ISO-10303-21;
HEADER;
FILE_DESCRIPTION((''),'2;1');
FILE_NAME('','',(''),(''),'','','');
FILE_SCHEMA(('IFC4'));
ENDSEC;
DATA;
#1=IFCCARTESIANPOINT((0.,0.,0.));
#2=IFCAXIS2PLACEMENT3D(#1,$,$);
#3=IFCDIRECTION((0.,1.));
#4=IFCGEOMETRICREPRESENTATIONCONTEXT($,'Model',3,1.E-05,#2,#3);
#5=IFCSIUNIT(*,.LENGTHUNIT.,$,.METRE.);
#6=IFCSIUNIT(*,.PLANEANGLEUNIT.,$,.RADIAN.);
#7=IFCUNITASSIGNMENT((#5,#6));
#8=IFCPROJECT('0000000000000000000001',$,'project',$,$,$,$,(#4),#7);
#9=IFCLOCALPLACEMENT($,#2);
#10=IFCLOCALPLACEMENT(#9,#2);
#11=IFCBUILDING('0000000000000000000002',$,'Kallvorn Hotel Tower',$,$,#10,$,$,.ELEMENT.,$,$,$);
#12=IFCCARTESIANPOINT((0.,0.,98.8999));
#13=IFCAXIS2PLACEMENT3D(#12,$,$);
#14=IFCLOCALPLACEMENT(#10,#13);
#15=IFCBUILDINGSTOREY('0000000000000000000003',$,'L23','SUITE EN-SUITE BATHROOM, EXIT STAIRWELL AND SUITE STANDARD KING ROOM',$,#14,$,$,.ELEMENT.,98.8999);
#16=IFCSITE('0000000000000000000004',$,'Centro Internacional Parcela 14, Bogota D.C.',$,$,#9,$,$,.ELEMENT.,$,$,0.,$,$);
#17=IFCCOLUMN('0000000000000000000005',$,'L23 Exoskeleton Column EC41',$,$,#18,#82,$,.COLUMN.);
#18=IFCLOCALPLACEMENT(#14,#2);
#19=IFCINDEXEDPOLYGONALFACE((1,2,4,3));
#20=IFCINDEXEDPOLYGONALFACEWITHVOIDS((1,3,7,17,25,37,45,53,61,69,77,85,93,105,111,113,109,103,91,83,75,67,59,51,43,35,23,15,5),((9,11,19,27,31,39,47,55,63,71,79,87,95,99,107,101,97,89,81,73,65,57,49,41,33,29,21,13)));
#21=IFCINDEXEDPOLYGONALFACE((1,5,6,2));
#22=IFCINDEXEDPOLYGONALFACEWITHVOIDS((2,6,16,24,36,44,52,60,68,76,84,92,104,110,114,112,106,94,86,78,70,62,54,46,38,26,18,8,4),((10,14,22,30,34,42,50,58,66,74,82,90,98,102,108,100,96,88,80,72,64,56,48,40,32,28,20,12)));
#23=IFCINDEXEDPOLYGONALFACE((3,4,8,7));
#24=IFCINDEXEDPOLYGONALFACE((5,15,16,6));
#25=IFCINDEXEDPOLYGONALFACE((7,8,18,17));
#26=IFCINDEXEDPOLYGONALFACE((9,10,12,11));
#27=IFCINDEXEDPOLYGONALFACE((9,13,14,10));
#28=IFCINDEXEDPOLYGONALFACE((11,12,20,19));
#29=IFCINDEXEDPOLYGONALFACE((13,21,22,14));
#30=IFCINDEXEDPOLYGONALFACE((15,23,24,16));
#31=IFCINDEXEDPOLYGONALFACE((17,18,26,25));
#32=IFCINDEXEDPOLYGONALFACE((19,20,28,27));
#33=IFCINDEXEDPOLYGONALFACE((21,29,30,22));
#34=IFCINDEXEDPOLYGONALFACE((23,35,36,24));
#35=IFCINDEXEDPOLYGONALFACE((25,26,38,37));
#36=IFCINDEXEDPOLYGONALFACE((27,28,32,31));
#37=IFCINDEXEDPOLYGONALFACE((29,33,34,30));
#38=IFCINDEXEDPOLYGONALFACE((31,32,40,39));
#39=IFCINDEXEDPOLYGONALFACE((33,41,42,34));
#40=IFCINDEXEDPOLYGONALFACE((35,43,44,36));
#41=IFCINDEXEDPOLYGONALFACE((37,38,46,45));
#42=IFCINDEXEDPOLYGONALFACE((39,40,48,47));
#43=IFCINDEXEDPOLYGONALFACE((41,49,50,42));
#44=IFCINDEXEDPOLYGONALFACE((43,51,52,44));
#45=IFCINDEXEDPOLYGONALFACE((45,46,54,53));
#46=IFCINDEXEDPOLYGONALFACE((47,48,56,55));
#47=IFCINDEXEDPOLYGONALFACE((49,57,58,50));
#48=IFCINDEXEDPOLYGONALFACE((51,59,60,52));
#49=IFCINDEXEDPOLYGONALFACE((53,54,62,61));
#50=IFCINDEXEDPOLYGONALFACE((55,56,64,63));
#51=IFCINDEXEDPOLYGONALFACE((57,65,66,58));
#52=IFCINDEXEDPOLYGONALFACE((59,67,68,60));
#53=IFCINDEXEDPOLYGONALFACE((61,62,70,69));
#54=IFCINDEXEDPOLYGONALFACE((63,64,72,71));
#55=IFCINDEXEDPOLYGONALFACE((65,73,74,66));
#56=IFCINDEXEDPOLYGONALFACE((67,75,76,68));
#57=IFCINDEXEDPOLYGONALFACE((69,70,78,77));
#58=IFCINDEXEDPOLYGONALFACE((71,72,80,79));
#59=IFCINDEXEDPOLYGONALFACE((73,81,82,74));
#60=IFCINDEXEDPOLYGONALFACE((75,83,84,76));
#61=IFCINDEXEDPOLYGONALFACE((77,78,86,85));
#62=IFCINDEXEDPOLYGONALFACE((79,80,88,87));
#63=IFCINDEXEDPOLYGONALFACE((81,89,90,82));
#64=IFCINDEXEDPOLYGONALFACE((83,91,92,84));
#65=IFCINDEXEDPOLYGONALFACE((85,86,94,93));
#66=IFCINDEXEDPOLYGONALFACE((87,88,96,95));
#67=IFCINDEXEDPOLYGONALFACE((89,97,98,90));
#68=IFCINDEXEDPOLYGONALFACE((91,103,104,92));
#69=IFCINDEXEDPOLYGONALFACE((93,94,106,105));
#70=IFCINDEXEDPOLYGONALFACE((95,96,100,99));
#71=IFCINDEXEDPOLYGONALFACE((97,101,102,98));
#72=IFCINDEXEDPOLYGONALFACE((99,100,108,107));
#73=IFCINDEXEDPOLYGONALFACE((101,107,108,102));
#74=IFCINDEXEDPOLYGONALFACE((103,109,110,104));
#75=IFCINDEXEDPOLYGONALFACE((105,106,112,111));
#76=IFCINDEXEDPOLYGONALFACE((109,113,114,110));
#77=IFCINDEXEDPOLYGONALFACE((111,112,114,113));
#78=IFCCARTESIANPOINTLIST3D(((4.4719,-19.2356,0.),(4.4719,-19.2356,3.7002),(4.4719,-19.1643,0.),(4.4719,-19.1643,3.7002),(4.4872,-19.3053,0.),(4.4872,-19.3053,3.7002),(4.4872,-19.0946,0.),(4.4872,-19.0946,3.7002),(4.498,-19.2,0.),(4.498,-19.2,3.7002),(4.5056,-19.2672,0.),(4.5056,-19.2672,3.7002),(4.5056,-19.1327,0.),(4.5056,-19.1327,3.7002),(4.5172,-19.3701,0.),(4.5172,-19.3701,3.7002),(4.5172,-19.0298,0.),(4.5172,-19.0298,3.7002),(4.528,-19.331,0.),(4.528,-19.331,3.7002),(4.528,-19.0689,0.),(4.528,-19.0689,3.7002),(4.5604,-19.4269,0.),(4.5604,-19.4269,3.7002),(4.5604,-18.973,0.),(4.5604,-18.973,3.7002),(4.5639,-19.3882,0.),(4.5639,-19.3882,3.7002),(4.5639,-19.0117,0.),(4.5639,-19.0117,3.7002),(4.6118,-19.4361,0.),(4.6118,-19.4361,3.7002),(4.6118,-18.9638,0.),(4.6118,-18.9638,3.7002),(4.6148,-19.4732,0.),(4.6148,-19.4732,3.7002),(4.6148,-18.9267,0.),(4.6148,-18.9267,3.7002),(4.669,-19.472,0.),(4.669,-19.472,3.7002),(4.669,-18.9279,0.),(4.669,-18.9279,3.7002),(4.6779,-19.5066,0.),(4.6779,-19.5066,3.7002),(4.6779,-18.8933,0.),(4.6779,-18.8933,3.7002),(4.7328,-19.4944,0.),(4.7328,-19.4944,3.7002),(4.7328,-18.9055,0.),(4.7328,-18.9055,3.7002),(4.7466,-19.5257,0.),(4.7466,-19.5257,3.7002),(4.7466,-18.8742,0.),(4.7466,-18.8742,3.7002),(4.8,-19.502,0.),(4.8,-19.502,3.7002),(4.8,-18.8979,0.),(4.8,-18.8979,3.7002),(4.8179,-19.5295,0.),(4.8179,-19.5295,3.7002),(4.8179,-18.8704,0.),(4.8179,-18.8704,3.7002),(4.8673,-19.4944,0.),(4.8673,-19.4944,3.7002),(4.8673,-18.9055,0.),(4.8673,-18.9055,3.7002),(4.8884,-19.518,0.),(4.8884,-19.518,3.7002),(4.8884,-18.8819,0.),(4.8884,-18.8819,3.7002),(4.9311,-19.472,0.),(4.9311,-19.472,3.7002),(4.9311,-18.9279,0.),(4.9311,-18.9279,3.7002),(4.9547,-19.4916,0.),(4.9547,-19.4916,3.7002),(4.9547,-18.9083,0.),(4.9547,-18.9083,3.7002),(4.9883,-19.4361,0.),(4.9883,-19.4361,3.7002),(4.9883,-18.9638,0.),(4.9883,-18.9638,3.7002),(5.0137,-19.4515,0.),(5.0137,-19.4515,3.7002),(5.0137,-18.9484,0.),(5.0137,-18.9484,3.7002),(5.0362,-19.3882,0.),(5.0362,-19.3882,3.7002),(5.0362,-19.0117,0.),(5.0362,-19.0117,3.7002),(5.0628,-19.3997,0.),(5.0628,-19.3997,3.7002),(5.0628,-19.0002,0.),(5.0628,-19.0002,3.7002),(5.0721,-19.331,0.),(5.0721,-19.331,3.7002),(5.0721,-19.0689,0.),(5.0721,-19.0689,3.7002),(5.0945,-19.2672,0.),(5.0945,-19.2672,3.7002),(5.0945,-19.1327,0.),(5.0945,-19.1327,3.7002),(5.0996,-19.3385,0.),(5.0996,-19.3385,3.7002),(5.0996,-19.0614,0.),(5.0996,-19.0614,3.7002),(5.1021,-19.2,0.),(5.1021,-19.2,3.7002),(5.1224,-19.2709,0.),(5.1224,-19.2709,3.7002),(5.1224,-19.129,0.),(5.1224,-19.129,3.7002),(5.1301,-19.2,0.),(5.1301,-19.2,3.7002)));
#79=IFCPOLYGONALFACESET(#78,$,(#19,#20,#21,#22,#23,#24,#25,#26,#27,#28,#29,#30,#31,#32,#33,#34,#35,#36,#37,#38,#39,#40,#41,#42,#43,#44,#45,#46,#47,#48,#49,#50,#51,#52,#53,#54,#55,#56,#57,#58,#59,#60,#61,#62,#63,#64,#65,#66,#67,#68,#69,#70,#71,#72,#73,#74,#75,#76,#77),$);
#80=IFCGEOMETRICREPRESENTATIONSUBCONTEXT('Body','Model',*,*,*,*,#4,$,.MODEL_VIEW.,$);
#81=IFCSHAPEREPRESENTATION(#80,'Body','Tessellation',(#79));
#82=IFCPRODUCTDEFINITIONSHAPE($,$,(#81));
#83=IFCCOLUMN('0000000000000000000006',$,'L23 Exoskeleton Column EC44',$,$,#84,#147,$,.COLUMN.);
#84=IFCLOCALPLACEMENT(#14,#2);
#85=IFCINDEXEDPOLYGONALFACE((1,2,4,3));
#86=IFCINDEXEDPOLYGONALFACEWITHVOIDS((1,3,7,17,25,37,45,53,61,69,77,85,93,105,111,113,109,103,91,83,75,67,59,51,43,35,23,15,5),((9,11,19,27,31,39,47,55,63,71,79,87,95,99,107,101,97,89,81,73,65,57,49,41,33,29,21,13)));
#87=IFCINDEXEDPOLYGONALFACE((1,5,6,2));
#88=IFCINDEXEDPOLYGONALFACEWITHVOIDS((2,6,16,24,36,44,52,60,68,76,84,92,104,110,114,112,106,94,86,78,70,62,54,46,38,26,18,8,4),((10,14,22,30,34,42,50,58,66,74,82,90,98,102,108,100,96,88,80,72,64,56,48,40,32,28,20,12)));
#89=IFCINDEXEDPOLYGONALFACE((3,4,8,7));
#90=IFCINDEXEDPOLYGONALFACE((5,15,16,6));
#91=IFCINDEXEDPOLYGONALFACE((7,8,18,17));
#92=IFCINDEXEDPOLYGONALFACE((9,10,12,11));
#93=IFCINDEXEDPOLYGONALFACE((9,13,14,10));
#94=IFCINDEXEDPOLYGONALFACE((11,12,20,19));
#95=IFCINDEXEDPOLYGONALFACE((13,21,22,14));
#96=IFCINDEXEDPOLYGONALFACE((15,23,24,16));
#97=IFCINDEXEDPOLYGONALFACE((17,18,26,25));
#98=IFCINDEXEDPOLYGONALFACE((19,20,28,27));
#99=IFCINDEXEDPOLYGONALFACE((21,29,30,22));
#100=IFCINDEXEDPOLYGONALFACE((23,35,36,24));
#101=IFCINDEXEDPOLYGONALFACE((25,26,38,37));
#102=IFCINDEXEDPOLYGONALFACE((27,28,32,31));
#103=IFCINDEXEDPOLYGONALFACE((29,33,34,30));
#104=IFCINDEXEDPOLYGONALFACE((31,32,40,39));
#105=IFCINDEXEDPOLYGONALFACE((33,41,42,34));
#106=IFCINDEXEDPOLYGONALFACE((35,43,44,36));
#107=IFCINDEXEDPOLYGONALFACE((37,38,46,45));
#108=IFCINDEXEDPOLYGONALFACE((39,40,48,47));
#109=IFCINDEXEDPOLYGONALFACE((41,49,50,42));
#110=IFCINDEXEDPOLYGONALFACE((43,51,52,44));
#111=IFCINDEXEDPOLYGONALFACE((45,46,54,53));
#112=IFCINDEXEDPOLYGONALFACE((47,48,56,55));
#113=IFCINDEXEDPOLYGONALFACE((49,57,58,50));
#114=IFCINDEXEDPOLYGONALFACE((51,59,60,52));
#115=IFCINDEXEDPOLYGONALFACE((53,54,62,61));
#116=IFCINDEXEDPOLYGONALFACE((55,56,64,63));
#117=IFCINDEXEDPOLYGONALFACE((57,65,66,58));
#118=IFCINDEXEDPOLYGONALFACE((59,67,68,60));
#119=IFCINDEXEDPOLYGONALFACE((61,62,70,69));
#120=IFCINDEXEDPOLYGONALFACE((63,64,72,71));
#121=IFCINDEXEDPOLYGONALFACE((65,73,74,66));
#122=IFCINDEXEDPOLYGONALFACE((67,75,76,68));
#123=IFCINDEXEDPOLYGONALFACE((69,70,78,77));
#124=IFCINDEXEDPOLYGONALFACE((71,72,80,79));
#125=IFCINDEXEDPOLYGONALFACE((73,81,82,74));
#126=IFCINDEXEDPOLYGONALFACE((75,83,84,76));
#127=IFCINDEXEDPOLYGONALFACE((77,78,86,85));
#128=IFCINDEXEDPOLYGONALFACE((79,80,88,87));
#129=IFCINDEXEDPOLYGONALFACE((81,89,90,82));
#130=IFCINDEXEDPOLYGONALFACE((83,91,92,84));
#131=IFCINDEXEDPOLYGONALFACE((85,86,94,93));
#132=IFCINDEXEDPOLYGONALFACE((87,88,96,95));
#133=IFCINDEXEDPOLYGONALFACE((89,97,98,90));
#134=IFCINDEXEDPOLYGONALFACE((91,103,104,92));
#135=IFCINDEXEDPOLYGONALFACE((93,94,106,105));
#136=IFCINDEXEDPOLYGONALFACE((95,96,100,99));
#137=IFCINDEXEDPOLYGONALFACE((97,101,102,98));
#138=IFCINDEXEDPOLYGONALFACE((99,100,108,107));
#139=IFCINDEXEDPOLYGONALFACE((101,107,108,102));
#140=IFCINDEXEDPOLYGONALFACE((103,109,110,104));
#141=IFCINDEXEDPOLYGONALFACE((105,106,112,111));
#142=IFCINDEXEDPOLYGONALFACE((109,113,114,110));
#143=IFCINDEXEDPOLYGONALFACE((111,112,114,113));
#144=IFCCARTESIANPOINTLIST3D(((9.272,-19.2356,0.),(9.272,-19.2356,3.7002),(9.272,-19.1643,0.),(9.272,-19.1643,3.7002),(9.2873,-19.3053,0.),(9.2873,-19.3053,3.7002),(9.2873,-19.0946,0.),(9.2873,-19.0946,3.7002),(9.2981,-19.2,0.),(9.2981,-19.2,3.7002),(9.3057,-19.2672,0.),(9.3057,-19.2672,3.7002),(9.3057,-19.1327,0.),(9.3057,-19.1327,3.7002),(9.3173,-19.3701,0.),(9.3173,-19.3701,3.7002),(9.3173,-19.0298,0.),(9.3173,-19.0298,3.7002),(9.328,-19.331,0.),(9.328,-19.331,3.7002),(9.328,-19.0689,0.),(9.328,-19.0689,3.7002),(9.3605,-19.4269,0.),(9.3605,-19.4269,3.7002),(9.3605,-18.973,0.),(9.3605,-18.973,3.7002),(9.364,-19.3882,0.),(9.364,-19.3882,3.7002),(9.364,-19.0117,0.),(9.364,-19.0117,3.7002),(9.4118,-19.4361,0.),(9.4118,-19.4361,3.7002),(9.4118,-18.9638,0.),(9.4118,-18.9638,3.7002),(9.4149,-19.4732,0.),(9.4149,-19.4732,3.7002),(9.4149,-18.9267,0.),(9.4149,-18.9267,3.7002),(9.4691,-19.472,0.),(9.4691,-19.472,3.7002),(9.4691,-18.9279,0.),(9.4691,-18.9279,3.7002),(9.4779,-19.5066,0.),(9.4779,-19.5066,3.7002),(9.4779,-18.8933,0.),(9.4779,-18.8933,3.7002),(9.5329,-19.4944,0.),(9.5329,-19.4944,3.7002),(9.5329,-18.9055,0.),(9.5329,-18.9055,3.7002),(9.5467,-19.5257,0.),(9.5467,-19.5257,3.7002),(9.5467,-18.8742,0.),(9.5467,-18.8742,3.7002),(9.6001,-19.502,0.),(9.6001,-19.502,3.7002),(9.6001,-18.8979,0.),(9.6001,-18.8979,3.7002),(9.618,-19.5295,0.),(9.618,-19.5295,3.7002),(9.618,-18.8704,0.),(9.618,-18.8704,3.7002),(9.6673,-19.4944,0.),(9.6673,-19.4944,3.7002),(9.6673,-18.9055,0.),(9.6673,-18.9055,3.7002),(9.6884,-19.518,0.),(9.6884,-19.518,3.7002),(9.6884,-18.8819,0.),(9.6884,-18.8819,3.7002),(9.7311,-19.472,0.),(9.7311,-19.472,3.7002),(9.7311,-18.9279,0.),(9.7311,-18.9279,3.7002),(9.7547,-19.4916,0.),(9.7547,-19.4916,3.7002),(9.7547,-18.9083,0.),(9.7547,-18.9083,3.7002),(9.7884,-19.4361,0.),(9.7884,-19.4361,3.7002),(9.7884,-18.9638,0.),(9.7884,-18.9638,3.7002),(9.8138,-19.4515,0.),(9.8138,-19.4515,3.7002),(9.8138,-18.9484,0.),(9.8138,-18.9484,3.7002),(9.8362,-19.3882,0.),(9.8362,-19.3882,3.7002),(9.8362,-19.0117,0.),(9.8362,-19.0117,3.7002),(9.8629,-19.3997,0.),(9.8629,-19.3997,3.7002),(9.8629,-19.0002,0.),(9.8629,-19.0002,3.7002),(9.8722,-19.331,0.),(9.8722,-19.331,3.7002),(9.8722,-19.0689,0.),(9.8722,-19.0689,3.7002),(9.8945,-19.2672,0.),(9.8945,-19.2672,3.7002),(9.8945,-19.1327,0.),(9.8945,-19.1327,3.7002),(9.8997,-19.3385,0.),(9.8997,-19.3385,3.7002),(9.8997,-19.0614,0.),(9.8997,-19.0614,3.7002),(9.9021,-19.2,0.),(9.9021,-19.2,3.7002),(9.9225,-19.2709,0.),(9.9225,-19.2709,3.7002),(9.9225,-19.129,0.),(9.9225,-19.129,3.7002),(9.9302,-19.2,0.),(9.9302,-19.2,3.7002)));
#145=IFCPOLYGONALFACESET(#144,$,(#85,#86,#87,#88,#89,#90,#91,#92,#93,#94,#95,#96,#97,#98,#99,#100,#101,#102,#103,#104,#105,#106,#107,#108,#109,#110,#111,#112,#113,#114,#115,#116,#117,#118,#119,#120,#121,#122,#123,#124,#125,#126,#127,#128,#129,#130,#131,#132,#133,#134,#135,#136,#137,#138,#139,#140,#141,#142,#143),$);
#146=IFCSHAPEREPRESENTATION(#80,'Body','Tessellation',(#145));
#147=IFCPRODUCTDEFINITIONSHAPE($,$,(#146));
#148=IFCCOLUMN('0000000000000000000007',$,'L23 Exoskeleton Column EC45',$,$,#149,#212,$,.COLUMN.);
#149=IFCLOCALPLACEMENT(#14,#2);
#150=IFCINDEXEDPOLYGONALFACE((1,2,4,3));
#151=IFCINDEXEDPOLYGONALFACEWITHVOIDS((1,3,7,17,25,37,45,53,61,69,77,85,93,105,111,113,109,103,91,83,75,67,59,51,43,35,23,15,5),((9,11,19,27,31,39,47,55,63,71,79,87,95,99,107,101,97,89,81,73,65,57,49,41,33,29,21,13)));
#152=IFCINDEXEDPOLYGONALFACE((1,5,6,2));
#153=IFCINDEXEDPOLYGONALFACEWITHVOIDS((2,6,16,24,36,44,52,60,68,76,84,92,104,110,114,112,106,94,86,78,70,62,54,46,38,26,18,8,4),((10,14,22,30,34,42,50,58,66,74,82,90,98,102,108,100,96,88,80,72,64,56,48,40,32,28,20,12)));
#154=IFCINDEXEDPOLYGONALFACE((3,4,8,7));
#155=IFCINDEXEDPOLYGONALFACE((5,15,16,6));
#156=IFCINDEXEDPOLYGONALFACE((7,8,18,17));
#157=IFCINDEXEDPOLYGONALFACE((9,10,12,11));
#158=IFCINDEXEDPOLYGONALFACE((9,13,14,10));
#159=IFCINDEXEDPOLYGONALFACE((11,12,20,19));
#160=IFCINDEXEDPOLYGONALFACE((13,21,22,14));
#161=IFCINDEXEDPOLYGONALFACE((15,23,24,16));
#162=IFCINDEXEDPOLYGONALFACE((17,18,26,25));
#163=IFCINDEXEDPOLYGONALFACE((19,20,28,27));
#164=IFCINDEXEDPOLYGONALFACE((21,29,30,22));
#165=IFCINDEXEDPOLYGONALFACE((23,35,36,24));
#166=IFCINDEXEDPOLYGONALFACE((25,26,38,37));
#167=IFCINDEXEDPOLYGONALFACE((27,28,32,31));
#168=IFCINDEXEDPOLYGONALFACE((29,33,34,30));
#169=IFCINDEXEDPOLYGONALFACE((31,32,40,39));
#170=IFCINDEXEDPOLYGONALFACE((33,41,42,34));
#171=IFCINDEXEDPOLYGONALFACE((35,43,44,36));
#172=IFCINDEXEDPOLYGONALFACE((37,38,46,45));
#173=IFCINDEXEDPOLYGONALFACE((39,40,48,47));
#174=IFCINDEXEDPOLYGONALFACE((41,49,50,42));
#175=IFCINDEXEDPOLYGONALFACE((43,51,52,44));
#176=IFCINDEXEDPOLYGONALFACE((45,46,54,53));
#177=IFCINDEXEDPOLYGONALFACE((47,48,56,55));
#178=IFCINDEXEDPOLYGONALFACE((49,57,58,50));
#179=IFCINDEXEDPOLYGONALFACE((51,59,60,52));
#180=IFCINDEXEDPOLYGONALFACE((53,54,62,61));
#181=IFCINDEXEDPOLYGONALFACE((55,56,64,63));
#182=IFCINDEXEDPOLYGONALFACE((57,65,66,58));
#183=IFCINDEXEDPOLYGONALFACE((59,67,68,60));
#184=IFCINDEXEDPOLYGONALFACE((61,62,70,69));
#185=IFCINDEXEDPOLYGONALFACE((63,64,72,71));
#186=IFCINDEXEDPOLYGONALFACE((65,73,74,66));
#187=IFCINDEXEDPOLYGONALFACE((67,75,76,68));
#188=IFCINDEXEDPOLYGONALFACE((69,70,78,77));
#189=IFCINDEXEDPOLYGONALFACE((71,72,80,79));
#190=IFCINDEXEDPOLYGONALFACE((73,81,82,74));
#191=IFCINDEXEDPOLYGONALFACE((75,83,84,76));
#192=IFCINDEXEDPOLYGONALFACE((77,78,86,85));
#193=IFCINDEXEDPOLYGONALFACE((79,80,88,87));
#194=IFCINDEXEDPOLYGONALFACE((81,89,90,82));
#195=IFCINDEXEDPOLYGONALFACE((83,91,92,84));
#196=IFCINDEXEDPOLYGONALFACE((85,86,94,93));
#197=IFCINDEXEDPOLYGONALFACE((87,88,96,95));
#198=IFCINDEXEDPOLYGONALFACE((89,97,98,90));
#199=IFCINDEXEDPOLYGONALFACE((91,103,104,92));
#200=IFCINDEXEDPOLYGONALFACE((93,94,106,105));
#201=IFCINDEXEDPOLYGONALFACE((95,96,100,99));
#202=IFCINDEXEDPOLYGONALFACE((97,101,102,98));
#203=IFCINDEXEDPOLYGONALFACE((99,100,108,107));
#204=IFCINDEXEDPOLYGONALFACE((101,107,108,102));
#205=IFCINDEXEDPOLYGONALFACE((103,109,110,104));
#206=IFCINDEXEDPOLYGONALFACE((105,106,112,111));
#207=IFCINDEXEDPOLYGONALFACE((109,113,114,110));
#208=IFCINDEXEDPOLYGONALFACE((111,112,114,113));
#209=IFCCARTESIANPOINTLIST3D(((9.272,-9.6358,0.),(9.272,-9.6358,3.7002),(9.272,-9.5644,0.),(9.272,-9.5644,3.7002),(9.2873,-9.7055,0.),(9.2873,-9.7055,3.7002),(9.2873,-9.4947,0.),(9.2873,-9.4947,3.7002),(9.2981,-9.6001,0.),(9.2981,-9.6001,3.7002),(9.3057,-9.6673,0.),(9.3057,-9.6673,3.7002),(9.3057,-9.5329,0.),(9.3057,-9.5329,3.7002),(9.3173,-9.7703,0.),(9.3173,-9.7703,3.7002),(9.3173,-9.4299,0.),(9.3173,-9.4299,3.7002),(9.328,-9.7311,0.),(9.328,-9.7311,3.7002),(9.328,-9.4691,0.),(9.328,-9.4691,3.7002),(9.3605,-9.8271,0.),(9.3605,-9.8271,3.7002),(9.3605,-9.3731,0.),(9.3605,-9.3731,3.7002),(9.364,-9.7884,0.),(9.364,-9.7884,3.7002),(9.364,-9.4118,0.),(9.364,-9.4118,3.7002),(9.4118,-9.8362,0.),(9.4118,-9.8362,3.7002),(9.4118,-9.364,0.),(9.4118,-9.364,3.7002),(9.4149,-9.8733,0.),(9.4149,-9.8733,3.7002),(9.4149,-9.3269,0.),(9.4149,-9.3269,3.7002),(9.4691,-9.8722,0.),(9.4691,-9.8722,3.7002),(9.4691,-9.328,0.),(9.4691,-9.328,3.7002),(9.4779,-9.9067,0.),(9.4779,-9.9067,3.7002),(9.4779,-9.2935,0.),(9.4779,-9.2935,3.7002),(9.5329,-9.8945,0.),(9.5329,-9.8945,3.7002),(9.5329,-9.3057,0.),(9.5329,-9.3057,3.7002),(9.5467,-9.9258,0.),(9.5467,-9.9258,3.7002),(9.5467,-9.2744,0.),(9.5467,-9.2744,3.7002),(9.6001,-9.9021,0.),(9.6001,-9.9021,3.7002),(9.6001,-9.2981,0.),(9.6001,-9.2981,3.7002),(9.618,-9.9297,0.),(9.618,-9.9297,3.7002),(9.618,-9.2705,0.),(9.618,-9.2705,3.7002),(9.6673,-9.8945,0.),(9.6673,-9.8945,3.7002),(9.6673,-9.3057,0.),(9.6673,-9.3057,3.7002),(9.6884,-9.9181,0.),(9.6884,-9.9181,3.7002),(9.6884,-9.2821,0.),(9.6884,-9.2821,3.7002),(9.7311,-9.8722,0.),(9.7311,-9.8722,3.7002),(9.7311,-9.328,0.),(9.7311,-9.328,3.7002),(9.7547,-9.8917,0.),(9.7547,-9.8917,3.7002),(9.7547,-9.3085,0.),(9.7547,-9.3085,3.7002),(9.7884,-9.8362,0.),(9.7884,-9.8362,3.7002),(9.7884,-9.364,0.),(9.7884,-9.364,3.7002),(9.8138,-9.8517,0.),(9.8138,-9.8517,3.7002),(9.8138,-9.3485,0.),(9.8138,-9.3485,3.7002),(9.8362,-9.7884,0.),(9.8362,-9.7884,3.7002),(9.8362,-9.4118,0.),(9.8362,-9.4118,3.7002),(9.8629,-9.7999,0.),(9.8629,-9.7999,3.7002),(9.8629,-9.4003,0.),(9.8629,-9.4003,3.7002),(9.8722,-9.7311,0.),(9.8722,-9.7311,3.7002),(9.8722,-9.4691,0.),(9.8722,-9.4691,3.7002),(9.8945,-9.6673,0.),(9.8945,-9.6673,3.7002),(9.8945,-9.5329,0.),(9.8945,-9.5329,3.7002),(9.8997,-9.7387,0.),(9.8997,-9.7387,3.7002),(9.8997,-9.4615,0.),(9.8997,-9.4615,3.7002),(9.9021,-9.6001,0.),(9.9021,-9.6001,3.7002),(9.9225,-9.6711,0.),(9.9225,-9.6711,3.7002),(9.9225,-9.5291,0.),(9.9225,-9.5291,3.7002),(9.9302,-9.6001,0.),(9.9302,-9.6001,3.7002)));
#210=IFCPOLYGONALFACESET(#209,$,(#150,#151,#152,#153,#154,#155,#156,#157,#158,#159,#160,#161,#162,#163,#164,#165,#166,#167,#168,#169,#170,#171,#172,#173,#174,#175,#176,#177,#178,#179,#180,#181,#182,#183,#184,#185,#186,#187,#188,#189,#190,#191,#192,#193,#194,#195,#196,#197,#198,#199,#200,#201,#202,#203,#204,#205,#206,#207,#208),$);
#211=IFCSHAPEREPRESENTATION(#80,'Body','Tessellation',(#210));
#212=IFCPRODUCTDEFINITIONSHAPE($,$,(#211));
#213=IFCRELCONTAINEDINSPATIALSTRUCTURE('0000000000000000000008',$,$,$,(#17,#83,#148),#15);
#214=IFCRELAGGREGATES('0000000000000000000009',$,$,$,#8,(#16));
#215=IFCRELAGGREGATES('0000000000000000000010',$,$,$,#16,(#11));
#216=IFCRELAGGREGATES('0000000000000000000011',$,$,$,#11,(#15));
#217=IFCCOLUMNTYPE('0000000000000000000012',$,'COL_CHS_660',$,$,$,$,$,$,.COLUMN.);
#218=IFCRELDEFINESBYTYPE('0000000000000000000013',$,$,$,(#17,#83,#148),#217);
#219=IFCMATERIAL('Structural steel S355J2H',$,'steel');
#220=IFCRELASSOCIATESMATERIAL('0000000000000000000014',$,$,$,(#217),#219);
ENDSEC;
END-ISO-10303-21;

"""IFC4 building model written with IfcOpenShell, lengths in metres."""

from ifc_helpers import new_model, si_unit, direction, frame, origin, origin_2d, place, context, subcontext, project, spatial, hollow_circle, extrude, material, material_profile, profile_set, type_object, element, save


model = new_model("IFC4")

# Units and contexts
model_context = context("Model", 3, precision=1e-05, world=origin(), true_north=direction((0.0, 1.0)))
body_context = subcontext(model_context, "Body", "Model", "MODEL_VIEW")
ifc_project = project(units=[si_unit("LENGTHUNIT", "METRE"), si_unit("PLANEANGLEUNIT", "RADIAN")], contexts=[model_context])

# Site, building, storey
site_placement = place(None, origin())
site = spatial("IfcSite", under=ifc_project, at=site_placement, Name="Centro Internacional Parcela 14, Bogota D.C.", CompositionType="ELEMENT", RefElevation=0.0)
building_placement = place(site_placement, origin())
building = spatial("IfcBuilding", under=site, at=building_placement, Name="Kallvorn Hotel Tower", CompositionType="ELEMENT")
storey_placement = place(building_placement, frame((0.0, 0.0, 98.8999)))
storey = spatial("IfcBuildingStorey", under=building, at=storey_placement, Name="L23", Description="SUITE EN-SUITE BATHROOM, EXIT STAIRWELL AND SUITE STANDARD KING ROOM", CompositionType="ELEMENT", Elevation=98.8999)

# Columns
ifc_material_1 = material(Name="Structural steel S355J2H", Category="steel")
ifc_material_profile_1 = material_profile(ifc_material_1, hollow_circle(Radius=0.3301, WallThickness=0.0281, at=origin_2d()), Name="CHS 660x28")
ifc_profile_set_1 = profile_set([ifc_material_profile_1], Name="Structural steel S355J2H")
column_type_1 = type_object("IfcColumnType", Name="COL_CHS_660", PredefinedType="COLUMN", material=ifc_profile_set_1)
for number, where, z_axis, x_axis, name in (
    (1, (4.8, -19.2, 0.0), (0.0, 0.0, 1.0), (1.0, 0.0, 0.0), "L23 Exoskeleton Column EC41"),
    (2, (9.6001, -19.2, 0.0), (0.0, 0.0, 1.0), (1.0, 0.0, 0.0), "L23 Exoskeleton Column EC44"),
    (3, (9.6001, -9.6001, 0.0), (0.0, 0.0, 1.0), (1.0, 0.0, 0.0), "L23 Exoskeleton Column EC45"),
):
    element("IfcColumn", number, at=place(storey_placement, frame(where, z_axis=z_axis, x_axis=x_axis)), inside=storey, type_object=column_type_1, Name=name, PredefinedType="COLUMN", context=body_context, shape_type="SweptSolid", body=[
        extrude(hollow_circle(Radius=0.3301, WallThickness=0.0281, at=origin_2d()), origin(), (0.0, 0.0, 1.0), 3.7002),
    ])

save(model, "model.ifc")
